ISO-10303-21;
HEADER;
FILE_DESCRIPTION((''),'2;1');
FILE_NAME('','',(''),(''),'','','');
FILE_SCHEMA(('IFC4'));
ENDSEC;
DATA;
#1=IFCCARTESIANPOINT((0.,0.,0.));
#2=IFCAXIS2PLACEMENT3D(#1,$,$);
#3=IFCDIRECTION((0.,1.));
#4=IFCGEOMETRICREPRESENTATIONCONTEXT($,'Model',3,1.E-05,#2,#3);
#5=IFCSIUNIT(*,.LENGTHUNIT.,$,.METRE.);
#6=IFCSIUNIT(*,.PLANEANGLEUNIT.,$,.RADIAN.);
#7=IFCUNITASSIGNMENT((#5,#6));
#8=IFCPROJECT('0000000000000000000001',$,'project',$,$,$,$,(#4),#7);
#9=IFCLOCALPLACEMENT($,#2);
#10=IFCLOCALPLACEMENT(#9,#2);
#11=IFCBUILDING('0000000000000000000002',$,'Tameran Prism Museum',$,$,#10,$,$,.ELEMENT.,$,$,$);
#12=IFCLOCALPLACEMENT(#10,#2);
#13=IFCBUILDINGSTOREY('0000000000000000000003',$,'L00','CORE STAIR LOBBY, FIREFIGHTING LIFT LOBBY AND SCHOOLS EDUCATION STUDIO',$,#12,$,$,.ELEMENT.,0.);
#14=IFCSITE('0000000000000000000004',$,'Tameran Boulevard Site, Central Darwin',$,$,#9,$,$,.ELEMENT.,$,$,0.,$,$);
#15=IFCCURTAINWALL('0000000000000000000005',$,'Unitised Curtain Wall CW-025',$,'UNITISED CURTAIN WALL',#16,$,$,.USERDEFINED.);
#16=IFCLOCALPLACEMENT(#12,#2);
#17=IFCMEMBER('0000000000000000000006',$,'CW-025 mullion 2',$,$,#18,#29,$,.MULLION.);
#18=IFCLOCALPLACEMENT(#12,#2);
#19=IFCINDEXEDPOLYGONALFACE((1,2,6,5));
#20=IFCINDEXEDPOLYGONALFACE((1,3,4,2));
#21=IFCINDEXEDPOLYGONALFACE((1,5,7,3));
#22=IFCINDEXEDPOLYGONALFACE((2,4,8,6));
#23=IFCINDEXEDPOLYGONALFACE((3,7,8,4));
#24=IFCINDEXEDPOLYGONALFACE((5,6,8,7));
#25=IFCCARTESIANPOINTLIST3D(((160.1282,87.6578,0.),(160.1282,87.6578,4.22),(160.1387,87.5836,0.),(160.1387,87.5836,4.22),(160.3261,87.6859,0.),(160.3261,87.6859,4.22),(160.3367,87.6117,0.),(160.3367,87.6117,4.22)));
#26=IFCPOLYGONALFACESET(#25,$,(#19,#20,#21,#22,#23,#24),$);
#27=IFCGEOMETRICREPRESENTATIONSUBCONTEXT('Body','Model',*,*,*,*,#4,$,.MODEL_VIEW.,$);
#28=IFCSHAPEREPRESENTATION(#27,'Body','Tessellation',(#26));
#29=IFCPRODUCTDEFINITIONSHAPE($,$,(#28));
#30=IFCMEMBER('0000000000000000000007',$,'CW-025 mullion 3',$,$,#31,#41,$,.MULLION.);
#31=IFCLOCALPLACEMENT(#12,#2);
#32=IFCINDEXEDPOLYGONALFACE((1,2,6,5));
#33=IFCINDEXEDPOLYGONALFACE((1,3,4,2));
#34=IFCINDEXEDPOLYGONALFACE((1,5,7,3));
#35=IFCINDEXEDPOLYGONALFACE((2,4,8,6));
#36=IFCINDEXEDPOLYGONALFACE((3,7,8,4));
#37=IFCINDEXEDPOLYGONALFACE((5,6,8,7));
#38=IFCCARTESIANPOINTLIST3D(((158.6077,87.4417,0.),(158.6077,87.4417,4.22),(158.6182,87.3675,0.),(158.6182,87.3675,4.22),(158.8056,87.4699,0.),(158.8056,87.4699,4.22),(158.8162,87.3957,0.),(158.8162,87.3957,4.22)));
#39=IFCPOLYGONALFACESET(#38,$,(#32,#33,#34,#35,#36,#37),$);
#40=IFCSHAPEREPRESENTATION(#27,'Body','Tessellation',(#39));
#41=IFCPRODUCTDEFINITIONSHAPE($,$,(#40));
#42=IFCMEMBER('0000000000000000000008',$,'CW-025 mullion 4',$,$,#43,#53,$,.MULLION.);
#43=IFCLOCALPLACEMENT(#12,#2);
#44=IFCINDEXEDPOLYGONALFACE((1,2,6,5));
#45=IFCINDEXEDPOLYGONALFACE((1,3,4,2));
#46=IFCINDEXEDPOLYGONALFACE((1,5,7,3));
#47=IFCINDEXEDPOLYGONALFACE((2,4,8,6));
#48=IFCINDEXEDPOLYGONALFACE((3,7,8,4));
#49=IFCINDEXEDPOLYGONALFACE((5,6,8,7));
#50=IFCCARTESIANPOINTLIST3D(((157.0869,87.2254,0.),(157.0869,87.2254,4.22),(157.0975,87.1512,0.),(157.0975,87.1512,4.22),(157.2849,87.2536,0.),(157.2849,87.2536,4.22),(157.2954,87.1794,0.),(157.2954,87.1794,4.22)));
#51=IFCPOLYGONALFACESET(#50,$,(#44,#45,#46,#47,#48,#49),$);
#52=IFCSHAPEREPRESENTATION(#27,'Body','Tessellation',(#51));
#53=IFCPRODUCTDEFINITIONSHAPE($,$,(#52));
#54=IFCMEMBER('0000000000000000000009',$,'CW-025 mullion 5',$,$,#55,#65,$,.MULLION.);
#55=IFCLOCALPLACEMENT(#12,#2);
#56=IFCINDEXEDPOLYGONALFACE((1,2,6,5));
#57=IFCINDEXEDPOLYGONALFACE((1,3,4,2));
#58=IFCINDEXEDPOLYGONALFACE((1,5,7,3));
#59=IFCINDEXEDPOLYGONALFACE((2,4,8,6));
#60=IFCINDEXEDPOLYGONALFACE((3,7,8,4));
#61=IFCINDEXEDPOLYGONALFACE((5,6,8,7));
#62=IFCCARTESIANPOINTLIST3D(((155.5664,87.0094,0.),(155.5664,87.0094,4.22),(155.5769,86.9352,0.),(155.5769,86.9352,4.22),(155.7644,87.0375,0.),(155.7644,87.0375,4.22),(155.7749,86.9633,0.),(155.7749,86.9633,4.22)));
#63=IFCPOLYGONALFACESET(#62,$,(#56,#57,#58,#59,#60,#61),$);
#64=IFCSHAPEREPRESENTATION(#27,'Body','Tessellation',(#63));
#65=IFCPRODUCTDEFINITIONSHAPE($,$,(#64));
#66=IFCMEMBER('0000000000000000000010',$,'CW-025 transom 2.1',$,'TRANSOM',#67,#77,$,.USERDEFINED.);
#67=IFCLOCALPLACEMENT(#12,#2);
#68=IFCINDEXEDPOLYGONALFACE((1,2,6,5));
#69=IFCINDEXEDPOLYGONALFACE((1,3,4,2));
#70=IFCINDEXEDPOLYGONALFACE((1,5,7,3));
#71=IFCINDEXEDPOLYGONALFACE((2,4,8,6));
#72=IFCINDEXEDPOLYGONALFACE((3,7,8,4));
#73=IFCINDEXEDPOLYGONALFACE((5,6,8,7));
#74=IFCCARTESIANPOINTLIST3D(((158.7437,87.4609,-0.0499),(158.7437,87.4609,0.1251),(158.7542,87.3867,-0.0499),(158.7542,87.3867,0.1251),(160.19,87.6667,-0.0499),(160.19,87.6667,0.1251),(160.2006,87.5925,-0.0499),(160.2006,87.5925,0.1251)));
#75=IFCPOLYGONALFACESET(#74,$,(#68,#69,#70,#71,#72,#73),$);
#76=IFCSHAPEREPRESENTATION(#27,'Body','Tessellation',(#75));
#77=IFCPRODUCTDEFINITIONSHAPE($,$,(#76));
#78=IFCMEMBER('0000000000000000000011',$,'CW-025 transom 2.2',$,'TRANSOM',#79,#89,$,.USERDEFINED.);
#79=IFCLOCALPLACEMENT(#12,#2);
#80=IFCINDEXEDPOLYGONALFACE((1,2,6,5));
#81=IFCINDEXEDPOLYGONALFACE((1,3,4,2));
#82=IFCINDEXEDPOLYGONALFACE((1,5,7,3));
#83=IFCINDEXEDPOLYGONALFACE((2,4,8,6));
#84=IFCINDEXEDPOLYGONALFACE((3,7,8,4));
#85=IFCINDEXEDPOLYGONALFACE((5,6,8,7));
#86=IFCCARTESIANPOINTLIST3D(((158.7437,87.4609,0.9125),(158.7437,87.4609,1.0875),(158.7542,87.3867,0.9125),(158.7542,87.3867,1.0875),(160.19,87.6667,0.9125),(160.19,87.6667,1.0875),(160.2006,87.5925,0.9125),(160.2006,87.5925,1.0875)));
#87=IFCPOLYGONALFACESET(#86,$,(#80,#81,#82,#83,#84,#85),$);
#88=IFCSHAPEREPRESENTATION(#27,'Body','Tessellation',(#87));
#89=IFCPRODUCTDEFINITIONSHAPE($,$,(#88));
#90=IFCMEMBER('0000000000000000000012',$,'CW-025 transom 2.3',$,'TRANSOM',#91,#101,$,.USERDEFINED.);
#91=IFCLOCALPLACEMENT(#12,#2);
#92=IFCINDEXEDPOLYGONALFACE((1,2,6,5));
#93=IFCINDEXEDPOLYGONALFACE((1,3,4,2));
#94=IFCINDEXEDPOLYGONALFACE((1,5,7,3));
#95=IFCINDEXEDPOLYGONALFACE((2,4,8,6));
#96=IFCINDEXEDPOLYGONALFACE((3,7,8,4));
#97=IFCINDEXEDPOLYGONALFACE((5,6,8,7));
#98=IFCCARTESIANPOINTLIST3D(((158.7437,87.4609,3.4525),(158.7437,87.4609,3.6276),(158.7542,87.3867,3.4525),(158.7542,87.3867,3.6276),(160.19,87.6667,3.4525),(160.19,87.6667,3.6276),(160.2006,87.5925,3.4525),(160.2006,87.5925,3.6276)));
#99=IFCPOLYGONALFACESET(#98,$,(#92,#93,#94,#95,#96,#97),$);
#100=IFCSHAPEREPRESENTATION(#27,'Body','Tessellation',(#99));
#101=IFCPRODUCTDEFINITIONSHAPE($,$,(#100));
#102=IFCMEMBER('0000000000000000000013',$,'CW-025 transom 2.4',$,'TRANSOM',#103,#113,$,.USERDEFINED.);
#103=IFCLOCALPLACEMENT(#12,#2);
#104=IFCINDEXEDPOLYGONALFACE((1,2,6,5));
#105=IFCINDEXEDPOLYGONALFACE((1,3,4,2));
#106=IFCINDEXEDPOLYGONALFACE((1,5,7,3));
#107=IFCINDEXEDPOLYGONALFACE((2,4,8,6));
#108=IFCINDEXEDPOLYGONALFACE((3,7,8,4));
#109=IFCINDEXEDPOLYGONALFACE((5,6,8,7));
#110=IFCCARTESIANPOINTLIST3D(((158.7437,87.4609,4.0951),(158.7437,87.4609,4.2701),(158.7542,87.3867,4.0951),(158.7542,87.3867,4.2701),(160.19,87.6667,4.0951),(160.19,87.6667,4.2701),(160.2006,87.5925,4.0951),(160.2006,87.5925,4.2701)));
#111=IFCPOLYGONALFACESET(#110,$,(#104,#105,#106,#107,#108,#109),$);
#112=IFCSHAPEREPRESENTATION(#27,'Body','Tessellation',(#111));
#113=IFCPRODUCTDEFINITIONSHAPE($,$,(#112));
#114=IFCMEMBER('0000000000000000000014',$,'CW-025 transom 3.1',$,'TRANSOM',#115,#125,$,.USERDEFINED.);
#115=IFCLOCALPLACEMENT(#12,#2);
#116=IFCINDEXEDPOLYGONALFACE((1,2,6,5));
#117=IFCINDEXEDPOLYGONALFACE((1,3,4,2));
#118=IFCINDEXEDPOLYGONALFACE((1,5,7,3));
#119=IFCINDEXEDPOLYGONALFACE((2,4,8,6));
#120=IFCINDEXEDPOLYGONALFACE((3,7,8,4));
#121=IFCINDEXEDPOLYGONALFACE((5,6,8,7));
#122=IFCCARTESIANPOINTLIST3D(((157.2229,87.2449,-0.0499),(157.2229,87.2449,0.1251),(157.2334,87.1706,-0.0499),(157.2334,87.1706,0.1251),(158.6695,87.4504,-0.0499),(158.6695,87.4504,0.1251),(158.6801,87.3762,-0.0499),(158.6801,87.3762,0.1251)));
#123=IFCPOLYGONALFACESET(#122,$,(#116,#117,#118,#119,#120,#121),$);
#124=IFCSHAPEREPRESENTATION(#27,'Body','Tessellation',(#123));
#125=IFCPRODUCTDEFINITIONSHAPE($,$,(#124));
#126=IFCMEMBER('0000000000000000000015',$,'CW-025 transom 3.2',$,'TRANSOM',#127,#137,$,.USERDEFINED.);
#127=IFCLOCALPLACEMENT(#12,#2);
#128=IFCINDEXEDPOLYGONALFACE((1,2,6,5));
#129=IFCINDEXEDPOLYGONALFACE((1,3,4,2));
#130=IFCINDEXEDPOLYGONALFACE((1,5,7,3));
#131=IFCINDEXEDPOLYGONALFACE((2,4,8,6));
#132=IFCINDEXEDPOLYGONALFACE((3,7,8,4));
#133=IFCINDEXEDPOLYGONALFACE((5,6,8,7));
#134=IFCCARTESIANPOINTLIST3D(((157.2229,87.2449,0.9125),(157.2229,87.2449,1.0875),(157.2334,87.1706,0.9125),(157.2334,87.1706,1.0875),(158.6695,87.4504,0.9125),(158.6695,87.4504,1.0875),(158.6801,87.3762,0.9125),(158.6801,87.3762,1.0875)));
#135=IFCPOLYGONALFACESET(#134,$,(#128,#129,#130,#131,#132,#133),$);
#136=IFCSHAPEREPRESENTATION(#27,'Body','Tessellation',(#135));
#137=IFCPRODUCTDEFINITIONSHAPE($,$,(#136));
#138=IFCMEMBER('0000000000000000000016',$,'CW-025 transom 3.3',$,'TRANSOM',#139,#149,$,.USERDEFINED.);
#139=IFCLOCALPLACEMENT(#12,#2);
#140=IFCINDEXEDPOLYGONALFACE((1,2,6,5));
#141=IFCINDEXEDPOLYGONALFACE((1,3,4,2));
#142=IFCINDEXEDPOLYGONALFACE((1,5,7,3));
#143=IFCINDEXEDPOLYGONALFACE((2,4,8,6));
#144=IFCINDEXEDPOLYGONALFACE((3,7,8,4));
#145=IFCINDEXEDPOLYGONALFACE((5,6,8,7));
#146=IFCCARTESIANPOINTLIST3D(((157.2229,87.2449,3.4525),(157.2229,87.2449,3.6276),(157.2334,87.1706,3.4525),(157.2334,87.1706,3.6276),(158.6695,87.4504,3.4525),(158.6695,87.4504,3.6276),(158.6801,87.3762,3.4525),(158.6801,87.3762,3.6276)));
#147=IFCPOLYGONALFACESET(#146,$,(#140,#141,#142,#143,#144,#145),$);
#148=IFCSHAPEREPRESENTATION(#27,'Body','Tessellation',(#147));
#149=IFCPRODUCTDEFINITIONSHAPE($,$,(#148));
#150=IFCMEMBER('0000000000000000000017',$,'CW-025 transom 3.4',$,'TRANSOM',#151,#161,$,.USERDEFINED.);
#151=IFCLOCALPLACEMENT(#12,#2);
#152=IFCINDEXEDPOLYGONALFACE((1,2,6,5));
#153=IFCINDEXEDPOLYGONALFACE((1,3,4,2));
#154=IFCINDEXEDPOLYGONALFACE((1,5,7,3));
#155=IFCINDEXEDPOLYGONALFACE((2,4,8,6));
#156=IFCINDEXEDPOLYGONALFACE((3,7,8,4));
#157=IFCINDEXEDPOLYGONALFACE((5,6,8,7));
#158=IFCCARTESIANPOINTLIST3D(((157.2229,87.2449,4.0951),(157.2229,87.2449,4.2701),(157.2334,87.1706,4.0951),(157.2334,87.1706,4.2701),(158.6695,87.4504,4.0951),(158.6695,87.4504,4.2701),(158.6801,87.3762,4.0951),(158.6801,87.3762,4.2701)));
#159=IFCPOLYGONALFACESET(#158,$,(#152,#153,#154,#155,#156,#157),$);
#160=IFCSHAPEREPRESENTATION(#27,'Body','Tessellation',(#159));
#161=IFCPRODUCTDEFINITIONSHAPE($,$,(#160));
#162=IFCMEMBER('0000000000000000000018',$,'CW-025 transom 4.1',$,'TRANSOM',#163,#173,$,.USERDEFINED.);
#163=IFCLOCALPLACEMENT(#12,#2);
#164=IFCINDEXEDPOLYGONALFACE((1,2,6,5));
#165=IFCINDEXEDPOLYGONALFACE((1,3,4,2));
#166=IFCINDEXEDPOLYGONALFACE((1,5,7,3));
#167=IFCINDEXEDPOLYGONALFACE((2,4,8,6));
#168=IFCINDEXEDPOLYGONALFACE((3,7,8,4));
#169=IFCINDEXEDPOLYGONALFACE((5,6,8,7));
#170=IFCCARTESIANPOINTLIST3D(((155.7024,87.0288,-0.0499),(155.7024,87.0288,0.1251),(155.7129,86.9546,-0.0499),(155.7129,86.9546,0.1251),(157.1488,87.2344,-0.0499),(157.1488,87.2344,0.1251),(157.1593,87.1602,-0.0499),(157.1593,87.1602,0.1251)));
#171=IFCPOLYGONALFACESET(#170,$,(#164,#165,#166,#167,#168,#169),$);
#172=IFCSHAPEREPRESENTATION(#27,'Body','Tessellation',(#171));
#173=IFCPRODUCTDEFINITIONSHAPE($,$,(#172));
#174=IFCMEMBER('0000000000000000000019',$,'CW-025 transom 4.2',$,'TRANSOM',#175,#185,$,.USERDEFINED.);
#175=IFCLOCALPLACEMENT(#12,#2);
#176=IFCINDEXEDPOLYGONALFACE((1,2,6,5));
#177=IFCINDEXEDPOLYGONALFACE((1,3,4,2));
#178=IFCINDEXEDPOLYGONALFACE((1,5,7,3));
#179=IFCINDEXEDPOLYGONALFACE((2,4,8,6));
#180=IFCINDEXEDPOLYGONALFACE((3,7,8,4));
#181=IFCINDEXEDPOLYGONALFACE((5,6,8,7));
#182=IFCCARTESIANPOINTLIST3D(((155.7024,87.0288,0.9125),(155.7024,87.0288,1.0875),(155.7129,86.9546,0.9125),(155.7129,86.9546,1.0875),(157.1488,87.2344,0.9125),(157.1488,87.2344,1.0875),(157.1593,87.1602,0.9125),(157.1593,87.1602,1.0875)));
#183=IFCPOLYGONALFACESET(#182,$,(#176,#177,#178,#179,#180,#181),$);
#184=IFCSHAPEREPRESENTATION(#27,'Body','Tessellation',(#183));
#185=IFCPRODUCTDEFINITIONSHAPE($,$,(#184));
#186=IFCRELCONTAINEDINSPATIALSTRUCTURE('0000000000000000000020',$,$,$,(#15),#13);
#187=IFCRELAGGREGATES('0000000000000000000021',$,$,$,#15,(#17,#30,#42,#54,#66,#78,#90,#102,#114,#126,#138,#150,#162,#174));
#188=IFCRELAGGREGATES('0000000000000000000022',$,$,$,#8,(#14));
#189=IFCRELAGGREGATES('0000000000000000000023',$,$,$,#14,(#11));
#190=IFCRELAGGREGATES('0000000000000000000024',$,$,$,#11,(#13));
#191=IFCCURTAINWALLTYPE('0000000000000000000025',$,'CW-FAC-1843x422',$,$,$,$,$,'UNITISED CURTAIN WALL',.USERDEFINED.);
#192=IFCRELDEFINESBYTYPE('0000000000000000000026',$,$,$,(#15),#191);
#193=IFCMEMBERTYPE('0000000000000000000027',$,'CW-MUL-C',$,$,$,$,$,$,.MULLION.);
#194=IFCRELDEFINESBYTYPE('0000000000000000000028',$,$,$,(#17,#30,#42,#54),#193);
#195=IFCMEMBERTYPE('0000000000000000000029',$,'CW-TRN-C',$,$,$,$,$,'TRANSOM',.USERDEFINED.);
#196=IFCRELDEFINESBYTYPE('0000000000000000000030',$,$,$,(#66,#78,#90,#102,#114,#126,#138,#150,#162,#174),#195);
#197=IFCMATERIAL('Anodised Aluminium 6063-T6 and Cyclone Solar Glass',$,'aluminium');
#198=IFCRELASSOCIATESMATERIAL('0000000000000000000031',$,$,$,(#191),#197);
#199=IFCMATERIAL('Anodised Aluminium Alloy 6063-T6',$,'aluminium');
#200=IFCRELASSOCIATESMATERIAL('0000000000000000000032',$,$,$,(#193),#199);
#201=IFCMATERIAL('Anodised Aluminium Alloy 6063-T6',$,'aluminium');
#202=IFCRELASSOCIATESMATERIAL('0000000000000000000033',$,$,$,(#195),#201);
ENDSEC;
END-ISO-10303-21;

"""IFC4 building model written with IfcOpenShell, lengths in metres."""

from ifc_helpers import new_model, si_unit, direction, frame, origin, origin_2d, place, context, subcontext, project, spatial, rectangle, extrude, material, material_profile, profile_set, type_object, element, aggregate, save


model = new_model("IFC4")

# Units and contexts
model_context = context("Model", 3, precision=1e-05, world=origin(), true_north=direction((0.0, 1.0)))
body_context = subcontext(model_context, "Body", "Model", "MODEL_VIEW")
ifc_project = project(units=[si_unit("LENGTHUNIT", "METRE"), si_unit("PLANEANGLEUNIT", "RADIAN")], contexts=[model_context])

# Site, building, storey
site_placement = place(None, origin())
site = spatial("IfcSite", under=ifc_project, at=site_placement, Name="Tameran Boulevard Site, Central Darwin", CompositionType="ELEMENT", RefElevation=0.0)
building_placement = place(site_placement, origin())
building = spatial("IfcBuilding", under=site, at=building_placement, Name="Tameran Prism Museum", CompositionType="ELEMENT")
storey_placement = place(building_placement, origin())
storey = spatial("IfcBuildingStorey", under=building, at=storey_placement, Name="L00", Description="CORE STAIR LOBBY, FIREFIGHTING LIFT LOBBY AND SCHOOLS EDUCATION STUDIO", CompositionType="ELEMENT", Elevation=0.0)

# Curtain wall, members
ifc_material_1 = material(Name="Anodised Aluminium 6063-T6 and Cyclone Solar Glass", Category="aluminium")
curtain_wall_type = type_object("IfcCurtainWallType", Name="CW-FAC-1843x422", ElementType="UNITISED CURTAIN WALL", PredefinedType="USERDEFINED", material=ifc_material_1)
curtain_wall_placement = place(storey_placement, origin())
curtain_wall = element("IfcCurtainWall", 1, at=curtain_wall_placement, inside=storey, type_object=curtain_wall_type, Name="Unitised Curtain Wall CW-025", ObjectType="UNITISED CURTAIN WALL", PredefinedType="USERDEFINED")
ifc_material_2 = material(Name="Anodised Aluminium Alloy 6063-T6", Category="aluminium")
ifc_material_profile_1 = material_profile(ifc_material_2, rectangle(XDim=0.075, YDim=0.2, at=origin_2d()))
ifc_profile_set_1 = profile_set([ifc_material_profile_1])
member_type_1 = type_object("IfcMemberType", Name="CW-MUL-C", PredefinedType="MULLION", material=ifc_profile_set_1)
member_1_placement = place(storey_placement, frame((160.2324, 87.6348, 0.0), z_axis=(0.0, 0.0, 1.0), x_axis=(0.140745, -0.990046, 0.0)))
member_1 = element("IfcMember", 2, at=member_1_placement, type_object=member_type_1, Name="CW-025 mullion 2", PredefinedType="MULLION", context=body_context, shape_type="SweptSolid", body=[
    extrude(rectangle(XDim=0.075, YDim=0.2, at=origin_2d()), origin(), (0.0, 0.0, 1.0), 4.22),
])
member_2_placement = place(storey_placement, frame((158.7119, 87.4187, 0.0), z_axis=(0.0, 0.0, 1.0), x_axis=(0.140745, -0.990046, 0.0)))
member_2 = element("IfcMember", 3, at=member_2_placement, type_object=member_type_1, Name="CW-025 mullion 3", PredefinedType="MULLION", context=body_context, shape_type="SweptSolid", body=[
    extrude(rectangle(XDim=0.075, YDim=0.2, at=origin_2d()), origin(), (0.0, 0.0, 1.0), 4.22),
])
member_3_placement = place(storey_placement, frame((157.1912, 87.2024, 0.0), z_axis=(0.0, 0.0, 1.0), x_axis=(0.140745, -0.990046, 0.0)))
member_3 = element("IfcMember", 4, at=member_3_placement, type_object=member_type_1, Name="CW-025 mullion 4", PredefinedType="MULLION", context=body_context, shape_type="SweptSolid", body=[
    extrude(rectangle(XDim=0.075, YDim=0.2, at=origin_2d()), origin(), (0.0, 0.0, 1.0), 4.22),
])
member_4_placement = place(storey_placement, frame((155.6707, 86.9863, 0.0), z_axis=(0.0, 0.0, 1.0), x_axis=(0.140745, -0.990046, 0.0)))
member_4 = element("IfcMember", 5, at=member_4_placement, type_object=member_type_1, Name="CW-025 mullion 5", PredefinedType="MULLION", context=body_context, shape_type="SweptSolid", body=[
    extrude(rectangle(XDim=0.075, YDim=0.2, at=origin_2d()), origin(), (0.0, 0.0, 1.0), 4.22),
])
ifc_material_3 = material(Name="Anodised Aluminium Alloy 6063-T6", Category="aluminium")
ifc_material_profile_2 = material_profile(ifc_material_3, rectangle(XDim=0.075, YDim=0.175, at=origin_2d()))
ifc_profile_set_2 = profile_set([ifc_material_profile_2])
member_type_2 = type_object("IfcMemberType", Name="CW-TRN-C", ElementType="TRANSOM", PredefinedType="USERDEFINED", material=ifc_profile_set_2)
member_5_placement = place(storey_placement, frame((160.1953, 87.6296, 0.0376), z_axis=(-0.990026, -0.140883, 0.0), x_axis=(0.140883, -0.990026, 0.0)))
member_5 = element("IfcMember", 6, at=member_5_placement, type_object=member_type_2, Name="CW-025 transom 2.1", ObjectType="TRANSOM", PredefinedType="USERDEFINED", context=body_context, shape_type="SweptSolid", body=[
    extrude(rectangle(XDim=0.075, YDim=0.175, at=origin_2d()), origin(), (0.0, 0.0, 1.0), 1.4609),
])
member_6_placement = place(storey_placement, frame((160.1953, 87.6296, 1.0), z_axis=(-0.990026, -0.140883, 0.0), x_axis=(0.140883, -0.990026, 0.0)))
member_6 = element("IfcMember", 7, at=member_6_placement, type_object=member_type_2, Name="CW-025 transom 2.2", ObjectType="TRANSOM", PredefinedType="USERDEFINED", context=body_context, shape_type="SweptSolid", body=[
    extrude(rectangle(XDim=0.075, YDim=0.175, at=origin_2d()), origin(), (0.0, 0.0, 1.0), 1.4609),
])
member_7_placement = place(storey_placement, frame((160.1953, 87.6296, 3.54), z_axis=(-0.990026, -0.140883, 0.0), x_axis=(0.140883, -0.990026, 0.0)))
member_7 = element("IfcMember", 8, at=member_7_placement, type_object=member_type_2, Name="CW-025 transom 2.3", ObjectType="TRANSOM", PredefinedType="USERDEFINED", context=body_context, shape_type="SweptSolid", body=[
    extrude(rectangle(XDim=0.075, YDim=0.175, at=origin_2d()), origin(), (0.0, 0.0, 1.0), 1.4609),
])
member_8_placement = place(storey_placement, frame((160.1953, 87.6296, 4.1826), z_axis=(-0.990026, -0.140883, 0.0), x_axis=(0.140883, -0.990026, 0.0)))
member_8 = element("IfcMember", 9, at=member_8_placement, type_object=member_type_2, Name="CW-025 transom 2.4", ObjectType="TRANSOM", PredefinedType="USERDEFINED", context=body_context, shape_type="SweptSolid", body=[
    extrude(rectangle(XDim=0.075, YDim=0.175, at=origin_2d()), origin(), (0.0, 0.0, 1.0), 1.4609),
])
member_9_placement = place(storey_placement, frame((158.6748, 87.4133, 0.0376), z_axis=(-0.990053, -0.140696, 0.0), x_axis=(0.140696, -0.990053, 0.0)))
member_9 = element("IfcMember", 10, at=member_9_placement, type_object=member_type_2, Name="CW-025 transom 3.1", ObjectType="TRANSOM", PredefinedType="USERDEFINED", context=body_context, shape_type="SweptSolid", body=[
    extrude(rectangle(XDim=0.075, YDim=0.175, at=origin_2d()), origin(), (0.0, 0.0, 1.0), 1.4612),
])
member_10_placement = place(storey_placement, frame((158.6748, 87.4133, 1.0), z_axis=(-0.990053, -0.140696, 0.0), x_axis=(0.140696, -0.990053, 0.0)))
member_10 = element("IfcMember", 11, at=member_10_placement, type_object=member_type_2, Name="CW-025 transom 3.2", ObjectType="TRANSOM", PredefinedType="USERDEFINED", context=body_context, shape_type="SweptSolid", body=[
    extrude(rectangle(XDim=0.075, YDim=0.175, at=origin_2d()), origin(), (0.0, 0.0, 1.0), 1.4612),
])
member_11_placement = place(storey_placement, frame((158.6748, 87.4133, 3.54), z_axis=(-0.990053, -0.140696, 0.0), x_axis=(0.140696, -0.990053, 0.0)))
member_11 = element("IfcMember", 12, at=member_11_placement, type_object=member_type_2, Name="CW-025 transom 3.3", ObjectType="TRANSOM", PredefinedType="USERDEFINED", context=body_context, shape_type="SweptSolid", body=[
    extrude(rectangle(XDim=0.075, YDim=0.175, at=origin_2d()), origin(), (0.0, 0.0, 1.0), 1.4612),
])
member_12_placement = place(storey_placement, frame((158.6748, 87.4133, 4.1826), z_axis=(-0.990053, -0.140696, 0.0), x_axis=(0.140696, -0.990053, 0.0)))
member_12 = element("IfcMember", 13, at=member_12_placement, type_object=member_type_2, Name="CW-025 transom 3.4", ObjectType="TRANSOM", PredefinedType="USERDEFINED", context=body_context, shape_type="SweptSolid", body=[
    extrude(rectangle(XDim=0.075, YDim=0.175, at=origin_2d()), origin(), (0.0, 0.0, 1.0), 1.4612),
])
member_13_placement = place(storey_placement, frame((157.1541, 87.1973, 0.0376), z_axis=(-0.99005, -0.140719, 0.0), x_axis=(0.140719, -0.99005, 0.0)))
member_13 = element("IfcMember", 14, at=member_13_placement, type_object=member_type_2, Name="CW-025 transom 4.1", ObjectType="TRANSOM", PredefinedType="USERDEFINED", context=body_context, shape_type="SweptSolid", body=[
    extrude(rectangle(XDim=0.075, YDim=0.175, at=origin_2d()), origin(), (0.0, 0.0, 1.0), 1.4609),
])
member_14_placement = place(storey_placement, frame((157.1541, 87.1973, 1.0), z_axis=(-0.99005, -0.140719, 0.0), x_axis=(0.140719, -0.99005, 0.0)))
member_14 = element("IfcMember", 15, at=member_14_placement, type_object=member_type_2, Name="CW-025 transom 4.2", ObjectType="TRANSOM", PredefinedType="USERDEFINED", context=body_context, shape_type="SweptSolid", body=[
    extrude(rectangle(XDim=0.075, YDim=0.175, at=origin_2d()), origin(), (0.0, 0.0, 1.0), 1.4609),
])
aggregate(curtain_wall, [member_1, member_2, member_3, member_4, member_5, member_6, member_7, member_8, member_9, member_10, member_11, member_12, member_13, member_14])

save(model, "model.ifc")
